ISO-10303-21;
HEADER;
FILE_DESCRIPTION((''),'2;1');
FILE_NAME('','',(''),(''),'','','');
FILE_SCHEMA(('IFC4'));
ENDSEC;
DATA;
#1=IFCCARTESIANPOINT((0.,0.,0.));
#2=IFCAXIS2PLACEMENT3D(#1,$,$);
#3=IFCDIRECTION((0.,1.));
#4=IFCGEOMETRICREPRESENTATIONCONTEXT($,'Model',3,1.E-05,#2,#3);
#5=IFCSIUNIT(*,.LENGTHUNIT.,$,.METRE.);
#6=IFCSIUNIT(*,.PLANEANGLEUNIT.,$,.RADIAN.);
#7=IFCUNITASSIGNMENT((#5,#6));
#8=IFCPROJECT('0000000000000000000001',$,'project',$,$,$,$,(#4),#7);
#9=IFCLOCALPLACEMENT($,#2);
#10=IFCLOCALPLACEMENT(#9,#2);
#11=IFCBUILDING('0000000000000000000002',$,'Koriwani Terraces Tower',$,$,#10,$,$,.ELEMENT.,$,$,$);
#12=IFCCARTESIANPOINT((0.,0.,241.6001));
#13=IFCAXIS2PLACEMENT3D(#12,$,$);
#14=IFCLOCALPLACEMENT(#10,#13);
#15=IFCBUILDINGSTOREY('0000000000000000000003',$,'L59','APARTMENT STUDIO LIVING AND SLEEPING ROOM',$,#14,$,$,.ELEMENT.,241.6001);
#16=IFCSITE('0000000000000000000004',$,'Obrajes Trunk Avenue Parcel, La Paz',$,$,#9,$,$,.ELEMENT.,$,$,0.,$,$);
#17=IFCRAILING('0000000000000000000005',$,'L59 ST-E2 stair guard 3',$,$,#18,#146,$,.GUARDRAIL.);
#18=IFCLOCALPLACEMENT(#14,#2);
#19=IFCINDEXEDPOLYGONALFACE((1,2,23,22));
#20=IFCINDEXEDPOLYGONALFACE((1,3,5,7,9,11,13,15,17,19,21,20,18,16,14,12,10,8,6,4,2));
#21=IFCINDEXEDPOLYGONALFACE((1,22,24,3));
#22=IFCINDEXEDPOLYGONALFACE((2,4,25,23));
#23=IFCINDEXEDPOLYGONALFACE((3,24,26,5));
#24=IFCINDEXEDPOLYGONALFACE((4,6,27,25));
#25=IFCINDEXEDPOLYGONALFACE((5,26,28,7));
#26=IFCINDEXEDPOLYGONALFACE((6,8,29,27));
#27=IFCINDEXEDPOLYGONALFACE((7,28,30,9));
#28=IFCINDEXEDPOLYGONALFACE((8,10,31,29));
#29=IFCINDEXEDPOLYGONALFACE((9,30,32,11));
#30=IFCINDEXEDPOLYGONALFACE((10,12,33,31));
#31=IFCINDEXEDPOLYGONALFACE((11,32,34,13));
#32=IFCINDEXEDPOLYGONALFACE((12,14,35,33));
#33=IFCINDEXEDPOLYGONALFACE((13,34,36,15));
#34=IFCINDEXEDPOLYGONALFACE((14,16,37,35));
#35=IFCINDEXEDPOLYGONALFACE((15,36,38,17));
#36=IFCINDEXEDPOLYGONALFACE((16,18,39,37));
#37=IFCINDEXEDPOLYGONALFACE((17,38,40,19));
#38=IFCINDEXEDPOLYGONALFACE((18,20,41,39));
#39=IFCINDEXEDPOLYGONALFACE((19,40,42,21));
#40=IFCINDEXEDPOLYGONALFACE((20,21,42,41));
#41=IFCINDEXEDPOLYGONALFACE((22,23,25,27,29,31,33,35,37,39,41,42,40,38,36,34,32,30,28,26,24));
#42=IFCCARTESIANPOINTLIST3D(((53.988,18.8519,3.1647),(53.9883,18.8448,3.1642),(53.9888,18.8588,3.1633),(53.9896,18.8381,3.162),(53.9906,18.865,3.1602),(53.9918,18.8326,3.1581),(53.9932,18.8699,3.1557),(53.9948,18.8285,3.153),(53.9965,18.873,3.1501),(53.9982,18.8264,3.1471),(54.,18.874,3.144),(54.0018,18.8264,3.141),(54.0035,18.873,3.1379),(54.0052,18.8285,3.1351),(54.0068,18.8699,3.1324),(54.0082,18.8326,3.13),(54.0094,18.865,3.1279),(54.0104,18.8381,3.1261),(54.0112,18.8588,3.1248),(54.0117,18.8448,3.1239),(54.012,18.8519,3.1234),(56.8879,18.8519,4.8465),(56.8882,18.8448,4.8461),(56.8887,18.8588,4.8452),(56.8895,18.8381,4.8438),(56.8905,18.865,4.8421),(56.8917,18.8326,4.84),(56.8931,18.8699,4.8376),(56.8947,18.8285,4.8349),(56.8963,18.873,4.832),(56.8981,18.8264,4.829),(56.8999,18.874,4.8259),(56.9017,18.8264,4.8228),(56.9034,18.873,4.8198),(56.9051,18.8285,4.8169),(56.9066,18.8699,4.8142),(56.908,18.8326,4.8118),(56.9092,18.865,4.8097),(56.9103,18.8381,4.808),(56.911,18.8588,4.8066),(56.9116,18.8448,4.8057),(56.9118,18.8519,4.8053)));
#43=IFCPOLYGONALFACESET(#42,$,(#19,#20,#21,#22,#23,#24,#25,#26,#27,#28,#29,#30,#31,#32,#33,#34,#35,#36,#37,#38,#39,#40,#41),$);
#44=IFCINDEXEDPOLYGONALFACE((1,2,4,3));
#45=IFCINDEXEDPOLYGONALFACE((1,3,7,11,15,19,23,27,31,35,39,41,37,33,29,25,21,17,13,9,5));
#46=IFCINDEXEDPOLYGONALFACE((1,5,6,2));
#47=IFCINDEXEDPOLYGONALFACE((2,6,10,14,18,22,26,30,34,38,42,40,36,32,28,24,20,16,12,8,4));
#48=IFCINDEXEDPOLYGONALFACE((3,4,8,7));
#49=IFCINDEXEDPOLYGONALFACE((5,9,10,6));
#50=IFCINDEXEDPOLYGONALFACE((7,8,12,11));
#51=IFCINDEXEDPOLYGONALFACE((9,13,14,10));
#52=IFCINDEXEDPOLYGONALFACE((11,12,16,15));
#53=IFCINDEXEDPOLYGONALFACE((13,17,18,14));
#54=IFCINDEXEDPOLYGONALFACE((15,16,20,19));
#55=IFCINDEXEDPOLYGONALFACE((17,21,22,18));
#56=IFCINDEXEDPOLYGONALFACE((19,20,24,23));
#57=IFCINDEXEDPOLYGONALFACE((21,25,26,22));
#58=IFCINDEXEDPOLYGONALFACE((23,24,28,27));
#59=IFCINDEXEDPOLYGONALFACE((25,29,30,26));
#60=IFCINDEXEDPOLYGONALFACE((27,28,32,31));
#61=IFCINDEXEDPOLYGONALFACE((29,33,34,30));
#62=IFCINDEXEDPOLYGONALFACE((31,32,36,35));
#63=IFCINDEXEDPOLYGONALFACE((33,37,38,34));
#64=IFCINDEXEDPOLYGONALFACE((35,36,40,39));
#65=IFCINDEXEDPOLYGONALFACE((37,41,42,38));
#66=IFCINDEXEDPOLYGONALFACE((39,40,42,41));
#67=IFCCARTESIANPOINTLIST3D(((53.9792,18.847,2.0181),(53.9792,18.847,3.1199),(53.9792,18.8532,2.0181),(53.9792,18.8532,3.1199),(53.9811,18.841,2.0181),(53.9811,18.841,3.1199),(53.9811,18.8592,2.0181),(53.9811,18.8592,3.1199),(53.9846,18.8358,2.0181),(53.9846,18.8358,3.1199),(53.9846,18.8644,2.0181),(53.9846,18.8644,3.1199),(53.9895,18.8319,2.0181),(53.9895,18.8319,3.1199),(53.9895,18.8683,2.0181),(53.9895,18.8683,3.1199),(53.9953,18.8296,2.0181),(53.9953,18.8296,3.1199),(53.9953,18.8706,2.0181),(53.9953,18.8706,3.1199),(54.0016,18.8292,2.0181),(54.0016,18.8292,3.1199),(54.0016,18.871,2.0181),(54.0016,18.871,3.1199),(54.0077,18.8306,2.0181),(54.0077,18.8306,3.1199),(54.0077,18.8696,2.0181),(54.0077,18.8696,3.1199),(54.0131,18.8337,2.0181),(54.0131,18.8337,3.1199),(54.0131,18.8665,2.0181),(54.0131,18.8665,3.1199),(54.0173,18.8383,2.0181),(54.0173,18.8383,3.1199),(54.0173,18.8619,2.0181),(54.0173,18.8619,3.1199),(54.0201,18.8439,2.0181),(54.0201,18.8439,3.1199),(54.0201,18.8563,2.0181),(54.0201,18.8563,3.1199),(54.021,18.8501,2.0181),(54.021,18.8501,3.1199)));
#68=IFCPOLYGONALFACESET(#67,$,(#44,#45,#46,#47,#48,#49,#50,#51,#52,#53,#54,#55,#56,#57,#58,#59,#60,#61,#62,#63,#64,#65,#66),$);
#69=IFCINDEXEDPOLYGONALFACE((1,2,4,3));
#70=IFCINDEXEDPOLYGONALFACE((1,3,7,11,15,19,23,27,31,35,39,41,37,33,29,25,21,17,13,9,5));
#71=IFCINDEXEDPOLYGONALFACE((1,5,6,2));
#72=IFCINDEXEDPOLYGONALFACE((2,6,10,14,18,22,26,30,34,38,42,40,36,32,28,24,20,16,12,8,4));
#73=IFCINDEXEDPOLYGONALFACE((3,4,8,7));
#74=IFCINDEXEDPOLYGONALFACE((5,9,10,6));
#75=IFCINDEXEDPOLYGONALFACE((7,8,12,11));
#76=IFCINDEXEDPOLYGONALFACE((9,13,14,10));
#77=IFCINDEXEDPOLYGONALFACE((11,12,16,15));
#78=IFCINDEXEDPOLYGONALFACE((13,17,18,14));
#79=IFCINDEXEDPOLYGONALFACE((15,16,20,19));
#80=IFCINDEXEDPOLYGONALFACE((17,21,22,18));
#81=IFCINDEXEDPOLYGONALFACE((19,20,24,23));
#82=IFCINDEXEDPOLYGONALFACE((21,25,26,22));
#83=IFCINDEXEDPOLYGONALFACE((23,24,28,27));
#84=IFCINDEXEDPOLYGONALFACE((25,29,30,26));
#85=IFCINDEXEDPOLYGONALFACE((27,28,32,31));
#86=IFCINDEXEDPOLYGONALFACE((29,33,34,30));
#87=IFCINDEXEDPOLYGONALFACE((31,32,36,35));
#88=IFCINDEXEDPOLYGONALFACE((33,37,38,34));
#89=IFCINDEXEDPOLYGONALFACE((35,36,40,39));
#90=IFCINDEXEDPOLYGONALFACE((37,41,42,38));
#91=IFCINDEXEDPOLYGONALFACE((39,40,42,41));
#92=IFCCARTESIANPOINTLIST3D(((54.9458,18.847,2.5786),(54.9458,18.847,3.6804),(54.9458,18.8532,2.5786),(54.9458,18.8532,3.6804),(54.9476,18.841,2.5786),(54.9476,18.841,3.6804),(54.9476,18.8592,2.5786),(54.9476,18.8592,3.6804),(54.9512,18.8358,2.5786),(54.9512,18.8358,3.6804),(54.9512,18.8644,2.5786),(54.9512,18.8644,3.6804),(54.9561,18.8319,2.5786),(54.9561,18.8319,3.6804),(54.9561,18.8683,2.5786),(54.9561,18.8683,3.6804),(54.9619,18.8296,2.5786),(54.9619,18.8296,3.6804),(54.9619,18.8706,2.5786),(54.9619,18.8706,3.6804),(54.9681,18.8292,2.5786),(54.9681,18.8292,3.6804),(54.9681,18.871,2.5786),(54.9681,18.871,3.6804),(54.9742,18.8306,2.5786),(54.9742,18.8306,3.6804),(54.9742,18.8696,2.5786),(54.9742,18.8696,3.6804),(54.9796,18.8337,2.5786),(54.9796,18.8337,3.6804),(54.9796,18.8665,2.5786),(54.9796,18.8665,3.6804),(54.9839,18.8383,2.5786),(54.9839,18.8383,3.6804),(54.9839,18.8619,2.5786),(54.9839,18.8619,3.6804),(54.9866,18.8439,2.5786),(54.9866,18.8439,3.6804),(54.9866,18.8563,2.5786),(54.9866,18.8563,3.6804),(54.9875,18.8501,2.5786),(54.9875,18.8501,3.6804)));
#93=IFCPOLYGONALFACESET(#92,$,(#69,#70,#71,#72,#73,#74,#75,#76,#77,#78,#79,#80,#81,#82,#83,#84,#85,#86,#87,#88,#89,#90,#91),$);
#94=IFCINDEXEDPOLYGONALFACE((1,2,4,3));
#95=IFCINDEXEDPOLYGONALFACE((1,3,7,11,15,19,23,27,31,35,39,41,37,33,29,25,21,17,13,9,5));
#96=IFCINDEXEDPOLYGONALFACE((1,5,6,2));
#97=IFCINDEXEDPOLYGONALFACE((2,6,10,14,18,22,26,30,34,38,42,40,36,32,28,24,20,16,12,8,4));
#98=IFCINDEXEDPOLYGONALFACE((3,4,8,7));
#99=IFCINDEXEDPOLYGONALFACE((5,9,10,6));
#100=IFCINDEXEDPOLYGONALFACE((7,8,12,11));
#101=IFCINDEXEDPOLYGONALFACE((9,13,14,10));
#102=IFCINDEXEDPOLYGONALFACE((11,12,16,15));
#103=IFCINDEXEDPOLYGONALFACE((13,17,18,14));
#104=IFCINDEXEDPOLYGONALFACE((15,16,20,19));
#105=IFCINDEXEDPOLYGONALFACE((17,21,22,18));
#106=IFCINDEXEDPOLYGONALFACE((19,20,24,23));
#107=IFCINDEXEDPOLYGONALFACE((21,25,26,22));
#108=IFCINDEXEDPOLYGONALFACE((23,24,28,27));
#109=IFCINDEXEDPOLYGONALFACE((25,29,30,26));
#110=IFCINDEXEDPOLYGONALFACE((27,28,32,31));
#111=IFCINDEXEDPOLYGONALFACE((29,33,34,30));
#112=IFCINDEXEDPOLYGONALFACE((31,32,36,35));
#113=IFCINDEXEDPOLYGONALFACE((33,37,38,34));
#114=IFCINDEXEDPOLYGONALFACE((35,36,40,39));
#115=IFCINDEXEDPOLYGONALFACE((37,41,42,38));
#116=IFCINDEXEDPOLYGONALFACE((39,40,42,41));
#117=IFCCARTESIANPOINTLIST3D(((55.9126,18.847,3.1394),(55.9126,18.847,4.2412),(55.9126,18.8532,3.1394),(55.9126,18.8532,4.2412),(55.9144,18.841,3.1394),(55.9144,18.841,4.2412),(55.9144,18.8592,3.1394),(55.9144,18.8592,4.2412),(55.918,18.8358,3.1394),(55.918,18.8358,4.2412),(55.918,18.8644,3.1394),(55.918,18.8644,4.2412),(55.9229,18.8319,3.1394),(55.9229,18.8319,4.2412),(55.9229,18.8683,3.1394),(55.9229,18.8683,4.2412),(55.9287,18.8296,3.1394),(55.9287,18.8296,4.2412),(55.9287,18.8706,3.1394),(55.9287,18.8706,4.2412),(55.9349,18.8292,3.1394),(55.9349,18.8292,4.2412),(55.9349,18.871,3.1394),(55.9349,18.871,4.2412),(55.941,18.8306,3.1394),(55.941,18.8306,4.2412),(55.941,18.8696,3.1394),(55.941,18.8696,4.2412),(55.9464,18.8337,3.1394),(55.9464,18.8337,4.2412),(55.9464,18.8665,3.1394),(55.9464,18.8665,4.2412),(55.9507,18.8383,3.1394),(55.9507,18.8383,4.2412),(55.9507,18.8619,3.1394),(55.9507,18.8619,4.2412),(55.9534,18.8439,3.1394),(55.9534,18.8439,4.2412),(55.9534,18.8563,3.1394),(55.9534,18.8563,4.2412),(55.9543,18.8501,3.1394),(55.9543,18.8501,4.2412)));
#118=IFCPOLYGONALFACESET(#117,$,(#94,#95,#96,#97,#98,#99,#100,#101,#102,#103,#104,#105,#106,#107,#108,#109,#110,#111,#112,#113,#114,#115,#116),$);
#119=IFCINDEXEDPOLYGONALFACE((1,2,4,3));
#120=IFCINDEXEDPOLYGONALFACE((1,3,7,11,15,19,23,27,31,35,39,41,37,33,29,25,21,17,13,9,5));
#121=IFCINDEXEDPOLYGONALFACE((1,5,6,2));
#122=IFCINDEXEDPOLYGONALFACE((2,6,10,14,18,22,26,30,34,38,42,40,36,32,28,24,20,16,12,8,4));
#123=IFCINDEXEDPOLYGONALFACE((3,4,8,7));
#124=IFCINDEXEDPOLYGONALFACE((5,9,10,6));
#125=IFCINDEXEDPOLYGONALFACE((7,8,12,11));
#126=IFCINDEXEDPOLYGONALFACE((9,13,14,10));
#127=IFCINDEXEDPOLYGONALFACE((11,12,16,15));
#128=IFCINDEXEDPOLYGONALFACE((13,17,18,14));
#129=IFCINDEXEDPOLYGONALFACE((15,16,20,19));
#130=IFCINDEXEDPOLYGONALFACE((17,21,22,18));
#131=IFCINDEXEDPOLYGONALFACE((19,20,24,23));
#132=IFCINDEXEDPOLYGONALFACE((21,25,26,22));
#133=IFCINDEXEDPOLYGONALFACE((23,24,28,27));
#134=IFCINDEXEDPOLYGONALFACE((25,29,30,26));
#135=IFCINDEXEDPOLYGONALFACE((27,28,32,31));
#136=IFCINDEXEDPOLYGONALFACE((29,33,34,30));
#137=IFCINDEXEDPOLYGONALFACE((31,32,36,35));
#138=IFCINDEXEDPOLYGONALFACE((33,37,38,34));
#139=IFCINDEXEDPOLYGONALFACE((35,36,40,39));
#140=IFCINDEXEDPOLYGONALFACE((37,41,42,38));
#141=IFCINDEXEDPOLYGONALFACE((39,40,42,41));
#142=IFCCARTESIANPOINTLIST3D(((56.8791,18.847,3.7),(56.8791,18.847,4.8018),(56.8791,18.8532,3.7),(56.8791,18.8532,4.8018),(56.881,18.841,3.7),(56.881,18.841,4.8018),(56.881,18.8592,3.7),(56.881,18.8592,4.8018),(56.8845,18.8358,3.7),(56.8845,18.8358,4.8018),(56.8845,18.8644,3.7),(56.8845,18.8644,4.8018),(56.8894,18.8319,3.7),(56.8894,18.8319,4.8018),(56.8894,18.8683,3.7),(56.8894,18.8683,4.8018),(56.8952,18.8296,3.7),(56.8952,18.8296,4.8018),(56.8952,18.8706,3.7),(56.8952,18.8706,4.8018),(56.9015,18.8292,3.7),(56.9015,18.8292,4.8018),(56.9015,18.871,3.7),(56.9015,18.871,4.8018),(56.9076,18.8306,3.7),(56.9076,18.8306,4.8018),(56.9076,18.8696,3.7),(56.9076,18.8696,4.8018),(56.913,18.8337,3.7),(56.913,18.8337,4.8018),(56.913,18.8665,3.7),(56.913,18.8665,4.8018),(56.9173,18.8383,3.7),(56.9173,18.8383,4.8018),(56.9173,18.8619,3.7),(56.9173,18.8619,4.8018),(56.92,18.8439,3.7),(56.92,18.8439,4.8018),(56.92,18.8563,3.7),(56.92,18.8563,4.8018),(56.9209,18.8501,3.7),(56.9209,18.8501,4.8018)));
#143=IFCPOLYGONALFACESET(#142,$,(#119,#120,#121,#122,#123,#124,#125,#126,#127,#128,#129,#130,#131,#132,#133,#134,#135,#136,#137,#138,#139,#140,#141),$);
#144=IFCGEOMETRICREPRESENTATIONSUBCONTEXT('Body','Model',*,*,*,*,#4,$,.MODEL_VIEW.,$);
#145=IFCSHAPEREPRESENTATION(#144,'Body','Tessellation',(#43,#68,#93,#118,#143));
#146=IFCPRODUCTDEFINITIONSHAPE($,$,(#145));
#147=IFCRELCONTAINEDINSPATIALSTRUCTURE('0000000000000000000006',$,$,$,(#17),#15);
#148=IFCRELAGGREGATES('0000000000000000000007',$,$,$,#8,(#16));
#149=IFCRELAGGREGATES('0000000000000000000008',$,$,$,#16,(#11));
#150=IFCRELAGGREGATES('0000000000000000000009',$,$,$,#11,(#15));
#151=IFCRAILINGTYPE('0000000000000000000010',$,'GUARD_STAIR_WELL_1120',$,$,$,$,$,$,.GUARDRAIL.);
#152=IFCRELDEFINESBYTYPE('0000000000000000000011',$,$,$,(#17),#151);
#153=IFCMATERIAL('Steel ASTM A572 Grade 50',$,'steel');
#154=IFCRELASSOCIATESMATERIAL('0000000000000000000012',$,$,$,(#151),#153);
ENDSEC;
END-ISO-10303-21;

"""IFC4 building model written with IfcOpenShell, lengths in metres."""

from ifc_helpers import new_model, si_unit, direction, frame, origin, origin_2d, place, context, subcontext, project, spatial, circle, extrude, material, type_object, element, save


model = new_model("IFC4")

# Units and contexts
model_context = context("Model", 3, precision=1e-05, world=origin(), true_north=direction((0.0, 1.0)))
body_context = subcontext(model_context, "Body", "Model", "MODEL_VIEW")
ifc_project = project(units=[si_unit("LENGTHUNIT", "METRE"), si_unit("PLANEANGLEUNIT", "RADIAN")], contexts=[model_context])

# Site, building, storey
site_placement = place(None, origin())
site = spatial("IfcSite", under=ifc_project, at=site_placement, Name="Obrajes Trunk Avenue Parcel, La Paz", CompositionType="ELEMENT", RefElevation=0.0)
building_placement = place(site_placement, origin())
building = spatial("IfcBuilding", under=site, at=building_placement, Name="Koriwani Terraces Tower", CompositionType="ELEMENT")
storey_placement = place(building_placement, frame((0.0, 0.0, 241.6001)))
storey = spatial("IfcBuildingStorey", under=building, at=storey_placement, Name="L59", Description="APARTMENT STUDIO LIVING AND SLEEPING ROOM", CompositionType="ELEMENT", Elevation=241.6001)

# Shared definitions
ifc_material_1 = material(Name="Steel ASTM A572 Grade 50", Category="steel")

# Railing
railing_type_1 = type_object("IfcRailingType", Name="GUARD_STAIR_WELL_1120", PredefinedType="GUARDRAIL", material=ifc_material_1)
railing_1_placement = place(storey_placement, frame((54.0, 18.8501, 2.0181)))
element("IfcRailing", 1, at=railing_1_placement, inside=storey, type_object=railing_type_1, Name="L59 ST-E2 stair guard 3", PredefinedType="GUARDRAIL", context=body_context, shape_type="SweptSolid", body=[
    extrude(circle(Radius=0.0239, at=origin_2d()), frame((0.0, 0.0, 1.126), z_axis=(0.865039, 0.0, 0.501705), x_axis=(0.0, 1.0, 0.0)), (0.0, 0.0, 1.0), 3.3523),
    extrude(circle(Radius=0.021, at=origin_2d()), origin(), (0.0, 0.0, 1.0), 1.1018),
    extrude(circle(Radius=0.021, at=origin_2d()), frame((0.9666, 0.0, 0.5605)), (0.0, 0.0, 1.0), 1.1018),
    extrude(circle(Radius=0.021, at=origin_2d()), frame((1.9333, 0.0, 1.1213)), (0.0, 0.0, 1.0), 1.1018),
    extrude(circle(Radius=0.021, at=origin_2d()), frame((2.8999, 0.0, 1.6819)), (0.0, 0.0, 1.0), 1.1018),
])

save(model, "model.ifc")
